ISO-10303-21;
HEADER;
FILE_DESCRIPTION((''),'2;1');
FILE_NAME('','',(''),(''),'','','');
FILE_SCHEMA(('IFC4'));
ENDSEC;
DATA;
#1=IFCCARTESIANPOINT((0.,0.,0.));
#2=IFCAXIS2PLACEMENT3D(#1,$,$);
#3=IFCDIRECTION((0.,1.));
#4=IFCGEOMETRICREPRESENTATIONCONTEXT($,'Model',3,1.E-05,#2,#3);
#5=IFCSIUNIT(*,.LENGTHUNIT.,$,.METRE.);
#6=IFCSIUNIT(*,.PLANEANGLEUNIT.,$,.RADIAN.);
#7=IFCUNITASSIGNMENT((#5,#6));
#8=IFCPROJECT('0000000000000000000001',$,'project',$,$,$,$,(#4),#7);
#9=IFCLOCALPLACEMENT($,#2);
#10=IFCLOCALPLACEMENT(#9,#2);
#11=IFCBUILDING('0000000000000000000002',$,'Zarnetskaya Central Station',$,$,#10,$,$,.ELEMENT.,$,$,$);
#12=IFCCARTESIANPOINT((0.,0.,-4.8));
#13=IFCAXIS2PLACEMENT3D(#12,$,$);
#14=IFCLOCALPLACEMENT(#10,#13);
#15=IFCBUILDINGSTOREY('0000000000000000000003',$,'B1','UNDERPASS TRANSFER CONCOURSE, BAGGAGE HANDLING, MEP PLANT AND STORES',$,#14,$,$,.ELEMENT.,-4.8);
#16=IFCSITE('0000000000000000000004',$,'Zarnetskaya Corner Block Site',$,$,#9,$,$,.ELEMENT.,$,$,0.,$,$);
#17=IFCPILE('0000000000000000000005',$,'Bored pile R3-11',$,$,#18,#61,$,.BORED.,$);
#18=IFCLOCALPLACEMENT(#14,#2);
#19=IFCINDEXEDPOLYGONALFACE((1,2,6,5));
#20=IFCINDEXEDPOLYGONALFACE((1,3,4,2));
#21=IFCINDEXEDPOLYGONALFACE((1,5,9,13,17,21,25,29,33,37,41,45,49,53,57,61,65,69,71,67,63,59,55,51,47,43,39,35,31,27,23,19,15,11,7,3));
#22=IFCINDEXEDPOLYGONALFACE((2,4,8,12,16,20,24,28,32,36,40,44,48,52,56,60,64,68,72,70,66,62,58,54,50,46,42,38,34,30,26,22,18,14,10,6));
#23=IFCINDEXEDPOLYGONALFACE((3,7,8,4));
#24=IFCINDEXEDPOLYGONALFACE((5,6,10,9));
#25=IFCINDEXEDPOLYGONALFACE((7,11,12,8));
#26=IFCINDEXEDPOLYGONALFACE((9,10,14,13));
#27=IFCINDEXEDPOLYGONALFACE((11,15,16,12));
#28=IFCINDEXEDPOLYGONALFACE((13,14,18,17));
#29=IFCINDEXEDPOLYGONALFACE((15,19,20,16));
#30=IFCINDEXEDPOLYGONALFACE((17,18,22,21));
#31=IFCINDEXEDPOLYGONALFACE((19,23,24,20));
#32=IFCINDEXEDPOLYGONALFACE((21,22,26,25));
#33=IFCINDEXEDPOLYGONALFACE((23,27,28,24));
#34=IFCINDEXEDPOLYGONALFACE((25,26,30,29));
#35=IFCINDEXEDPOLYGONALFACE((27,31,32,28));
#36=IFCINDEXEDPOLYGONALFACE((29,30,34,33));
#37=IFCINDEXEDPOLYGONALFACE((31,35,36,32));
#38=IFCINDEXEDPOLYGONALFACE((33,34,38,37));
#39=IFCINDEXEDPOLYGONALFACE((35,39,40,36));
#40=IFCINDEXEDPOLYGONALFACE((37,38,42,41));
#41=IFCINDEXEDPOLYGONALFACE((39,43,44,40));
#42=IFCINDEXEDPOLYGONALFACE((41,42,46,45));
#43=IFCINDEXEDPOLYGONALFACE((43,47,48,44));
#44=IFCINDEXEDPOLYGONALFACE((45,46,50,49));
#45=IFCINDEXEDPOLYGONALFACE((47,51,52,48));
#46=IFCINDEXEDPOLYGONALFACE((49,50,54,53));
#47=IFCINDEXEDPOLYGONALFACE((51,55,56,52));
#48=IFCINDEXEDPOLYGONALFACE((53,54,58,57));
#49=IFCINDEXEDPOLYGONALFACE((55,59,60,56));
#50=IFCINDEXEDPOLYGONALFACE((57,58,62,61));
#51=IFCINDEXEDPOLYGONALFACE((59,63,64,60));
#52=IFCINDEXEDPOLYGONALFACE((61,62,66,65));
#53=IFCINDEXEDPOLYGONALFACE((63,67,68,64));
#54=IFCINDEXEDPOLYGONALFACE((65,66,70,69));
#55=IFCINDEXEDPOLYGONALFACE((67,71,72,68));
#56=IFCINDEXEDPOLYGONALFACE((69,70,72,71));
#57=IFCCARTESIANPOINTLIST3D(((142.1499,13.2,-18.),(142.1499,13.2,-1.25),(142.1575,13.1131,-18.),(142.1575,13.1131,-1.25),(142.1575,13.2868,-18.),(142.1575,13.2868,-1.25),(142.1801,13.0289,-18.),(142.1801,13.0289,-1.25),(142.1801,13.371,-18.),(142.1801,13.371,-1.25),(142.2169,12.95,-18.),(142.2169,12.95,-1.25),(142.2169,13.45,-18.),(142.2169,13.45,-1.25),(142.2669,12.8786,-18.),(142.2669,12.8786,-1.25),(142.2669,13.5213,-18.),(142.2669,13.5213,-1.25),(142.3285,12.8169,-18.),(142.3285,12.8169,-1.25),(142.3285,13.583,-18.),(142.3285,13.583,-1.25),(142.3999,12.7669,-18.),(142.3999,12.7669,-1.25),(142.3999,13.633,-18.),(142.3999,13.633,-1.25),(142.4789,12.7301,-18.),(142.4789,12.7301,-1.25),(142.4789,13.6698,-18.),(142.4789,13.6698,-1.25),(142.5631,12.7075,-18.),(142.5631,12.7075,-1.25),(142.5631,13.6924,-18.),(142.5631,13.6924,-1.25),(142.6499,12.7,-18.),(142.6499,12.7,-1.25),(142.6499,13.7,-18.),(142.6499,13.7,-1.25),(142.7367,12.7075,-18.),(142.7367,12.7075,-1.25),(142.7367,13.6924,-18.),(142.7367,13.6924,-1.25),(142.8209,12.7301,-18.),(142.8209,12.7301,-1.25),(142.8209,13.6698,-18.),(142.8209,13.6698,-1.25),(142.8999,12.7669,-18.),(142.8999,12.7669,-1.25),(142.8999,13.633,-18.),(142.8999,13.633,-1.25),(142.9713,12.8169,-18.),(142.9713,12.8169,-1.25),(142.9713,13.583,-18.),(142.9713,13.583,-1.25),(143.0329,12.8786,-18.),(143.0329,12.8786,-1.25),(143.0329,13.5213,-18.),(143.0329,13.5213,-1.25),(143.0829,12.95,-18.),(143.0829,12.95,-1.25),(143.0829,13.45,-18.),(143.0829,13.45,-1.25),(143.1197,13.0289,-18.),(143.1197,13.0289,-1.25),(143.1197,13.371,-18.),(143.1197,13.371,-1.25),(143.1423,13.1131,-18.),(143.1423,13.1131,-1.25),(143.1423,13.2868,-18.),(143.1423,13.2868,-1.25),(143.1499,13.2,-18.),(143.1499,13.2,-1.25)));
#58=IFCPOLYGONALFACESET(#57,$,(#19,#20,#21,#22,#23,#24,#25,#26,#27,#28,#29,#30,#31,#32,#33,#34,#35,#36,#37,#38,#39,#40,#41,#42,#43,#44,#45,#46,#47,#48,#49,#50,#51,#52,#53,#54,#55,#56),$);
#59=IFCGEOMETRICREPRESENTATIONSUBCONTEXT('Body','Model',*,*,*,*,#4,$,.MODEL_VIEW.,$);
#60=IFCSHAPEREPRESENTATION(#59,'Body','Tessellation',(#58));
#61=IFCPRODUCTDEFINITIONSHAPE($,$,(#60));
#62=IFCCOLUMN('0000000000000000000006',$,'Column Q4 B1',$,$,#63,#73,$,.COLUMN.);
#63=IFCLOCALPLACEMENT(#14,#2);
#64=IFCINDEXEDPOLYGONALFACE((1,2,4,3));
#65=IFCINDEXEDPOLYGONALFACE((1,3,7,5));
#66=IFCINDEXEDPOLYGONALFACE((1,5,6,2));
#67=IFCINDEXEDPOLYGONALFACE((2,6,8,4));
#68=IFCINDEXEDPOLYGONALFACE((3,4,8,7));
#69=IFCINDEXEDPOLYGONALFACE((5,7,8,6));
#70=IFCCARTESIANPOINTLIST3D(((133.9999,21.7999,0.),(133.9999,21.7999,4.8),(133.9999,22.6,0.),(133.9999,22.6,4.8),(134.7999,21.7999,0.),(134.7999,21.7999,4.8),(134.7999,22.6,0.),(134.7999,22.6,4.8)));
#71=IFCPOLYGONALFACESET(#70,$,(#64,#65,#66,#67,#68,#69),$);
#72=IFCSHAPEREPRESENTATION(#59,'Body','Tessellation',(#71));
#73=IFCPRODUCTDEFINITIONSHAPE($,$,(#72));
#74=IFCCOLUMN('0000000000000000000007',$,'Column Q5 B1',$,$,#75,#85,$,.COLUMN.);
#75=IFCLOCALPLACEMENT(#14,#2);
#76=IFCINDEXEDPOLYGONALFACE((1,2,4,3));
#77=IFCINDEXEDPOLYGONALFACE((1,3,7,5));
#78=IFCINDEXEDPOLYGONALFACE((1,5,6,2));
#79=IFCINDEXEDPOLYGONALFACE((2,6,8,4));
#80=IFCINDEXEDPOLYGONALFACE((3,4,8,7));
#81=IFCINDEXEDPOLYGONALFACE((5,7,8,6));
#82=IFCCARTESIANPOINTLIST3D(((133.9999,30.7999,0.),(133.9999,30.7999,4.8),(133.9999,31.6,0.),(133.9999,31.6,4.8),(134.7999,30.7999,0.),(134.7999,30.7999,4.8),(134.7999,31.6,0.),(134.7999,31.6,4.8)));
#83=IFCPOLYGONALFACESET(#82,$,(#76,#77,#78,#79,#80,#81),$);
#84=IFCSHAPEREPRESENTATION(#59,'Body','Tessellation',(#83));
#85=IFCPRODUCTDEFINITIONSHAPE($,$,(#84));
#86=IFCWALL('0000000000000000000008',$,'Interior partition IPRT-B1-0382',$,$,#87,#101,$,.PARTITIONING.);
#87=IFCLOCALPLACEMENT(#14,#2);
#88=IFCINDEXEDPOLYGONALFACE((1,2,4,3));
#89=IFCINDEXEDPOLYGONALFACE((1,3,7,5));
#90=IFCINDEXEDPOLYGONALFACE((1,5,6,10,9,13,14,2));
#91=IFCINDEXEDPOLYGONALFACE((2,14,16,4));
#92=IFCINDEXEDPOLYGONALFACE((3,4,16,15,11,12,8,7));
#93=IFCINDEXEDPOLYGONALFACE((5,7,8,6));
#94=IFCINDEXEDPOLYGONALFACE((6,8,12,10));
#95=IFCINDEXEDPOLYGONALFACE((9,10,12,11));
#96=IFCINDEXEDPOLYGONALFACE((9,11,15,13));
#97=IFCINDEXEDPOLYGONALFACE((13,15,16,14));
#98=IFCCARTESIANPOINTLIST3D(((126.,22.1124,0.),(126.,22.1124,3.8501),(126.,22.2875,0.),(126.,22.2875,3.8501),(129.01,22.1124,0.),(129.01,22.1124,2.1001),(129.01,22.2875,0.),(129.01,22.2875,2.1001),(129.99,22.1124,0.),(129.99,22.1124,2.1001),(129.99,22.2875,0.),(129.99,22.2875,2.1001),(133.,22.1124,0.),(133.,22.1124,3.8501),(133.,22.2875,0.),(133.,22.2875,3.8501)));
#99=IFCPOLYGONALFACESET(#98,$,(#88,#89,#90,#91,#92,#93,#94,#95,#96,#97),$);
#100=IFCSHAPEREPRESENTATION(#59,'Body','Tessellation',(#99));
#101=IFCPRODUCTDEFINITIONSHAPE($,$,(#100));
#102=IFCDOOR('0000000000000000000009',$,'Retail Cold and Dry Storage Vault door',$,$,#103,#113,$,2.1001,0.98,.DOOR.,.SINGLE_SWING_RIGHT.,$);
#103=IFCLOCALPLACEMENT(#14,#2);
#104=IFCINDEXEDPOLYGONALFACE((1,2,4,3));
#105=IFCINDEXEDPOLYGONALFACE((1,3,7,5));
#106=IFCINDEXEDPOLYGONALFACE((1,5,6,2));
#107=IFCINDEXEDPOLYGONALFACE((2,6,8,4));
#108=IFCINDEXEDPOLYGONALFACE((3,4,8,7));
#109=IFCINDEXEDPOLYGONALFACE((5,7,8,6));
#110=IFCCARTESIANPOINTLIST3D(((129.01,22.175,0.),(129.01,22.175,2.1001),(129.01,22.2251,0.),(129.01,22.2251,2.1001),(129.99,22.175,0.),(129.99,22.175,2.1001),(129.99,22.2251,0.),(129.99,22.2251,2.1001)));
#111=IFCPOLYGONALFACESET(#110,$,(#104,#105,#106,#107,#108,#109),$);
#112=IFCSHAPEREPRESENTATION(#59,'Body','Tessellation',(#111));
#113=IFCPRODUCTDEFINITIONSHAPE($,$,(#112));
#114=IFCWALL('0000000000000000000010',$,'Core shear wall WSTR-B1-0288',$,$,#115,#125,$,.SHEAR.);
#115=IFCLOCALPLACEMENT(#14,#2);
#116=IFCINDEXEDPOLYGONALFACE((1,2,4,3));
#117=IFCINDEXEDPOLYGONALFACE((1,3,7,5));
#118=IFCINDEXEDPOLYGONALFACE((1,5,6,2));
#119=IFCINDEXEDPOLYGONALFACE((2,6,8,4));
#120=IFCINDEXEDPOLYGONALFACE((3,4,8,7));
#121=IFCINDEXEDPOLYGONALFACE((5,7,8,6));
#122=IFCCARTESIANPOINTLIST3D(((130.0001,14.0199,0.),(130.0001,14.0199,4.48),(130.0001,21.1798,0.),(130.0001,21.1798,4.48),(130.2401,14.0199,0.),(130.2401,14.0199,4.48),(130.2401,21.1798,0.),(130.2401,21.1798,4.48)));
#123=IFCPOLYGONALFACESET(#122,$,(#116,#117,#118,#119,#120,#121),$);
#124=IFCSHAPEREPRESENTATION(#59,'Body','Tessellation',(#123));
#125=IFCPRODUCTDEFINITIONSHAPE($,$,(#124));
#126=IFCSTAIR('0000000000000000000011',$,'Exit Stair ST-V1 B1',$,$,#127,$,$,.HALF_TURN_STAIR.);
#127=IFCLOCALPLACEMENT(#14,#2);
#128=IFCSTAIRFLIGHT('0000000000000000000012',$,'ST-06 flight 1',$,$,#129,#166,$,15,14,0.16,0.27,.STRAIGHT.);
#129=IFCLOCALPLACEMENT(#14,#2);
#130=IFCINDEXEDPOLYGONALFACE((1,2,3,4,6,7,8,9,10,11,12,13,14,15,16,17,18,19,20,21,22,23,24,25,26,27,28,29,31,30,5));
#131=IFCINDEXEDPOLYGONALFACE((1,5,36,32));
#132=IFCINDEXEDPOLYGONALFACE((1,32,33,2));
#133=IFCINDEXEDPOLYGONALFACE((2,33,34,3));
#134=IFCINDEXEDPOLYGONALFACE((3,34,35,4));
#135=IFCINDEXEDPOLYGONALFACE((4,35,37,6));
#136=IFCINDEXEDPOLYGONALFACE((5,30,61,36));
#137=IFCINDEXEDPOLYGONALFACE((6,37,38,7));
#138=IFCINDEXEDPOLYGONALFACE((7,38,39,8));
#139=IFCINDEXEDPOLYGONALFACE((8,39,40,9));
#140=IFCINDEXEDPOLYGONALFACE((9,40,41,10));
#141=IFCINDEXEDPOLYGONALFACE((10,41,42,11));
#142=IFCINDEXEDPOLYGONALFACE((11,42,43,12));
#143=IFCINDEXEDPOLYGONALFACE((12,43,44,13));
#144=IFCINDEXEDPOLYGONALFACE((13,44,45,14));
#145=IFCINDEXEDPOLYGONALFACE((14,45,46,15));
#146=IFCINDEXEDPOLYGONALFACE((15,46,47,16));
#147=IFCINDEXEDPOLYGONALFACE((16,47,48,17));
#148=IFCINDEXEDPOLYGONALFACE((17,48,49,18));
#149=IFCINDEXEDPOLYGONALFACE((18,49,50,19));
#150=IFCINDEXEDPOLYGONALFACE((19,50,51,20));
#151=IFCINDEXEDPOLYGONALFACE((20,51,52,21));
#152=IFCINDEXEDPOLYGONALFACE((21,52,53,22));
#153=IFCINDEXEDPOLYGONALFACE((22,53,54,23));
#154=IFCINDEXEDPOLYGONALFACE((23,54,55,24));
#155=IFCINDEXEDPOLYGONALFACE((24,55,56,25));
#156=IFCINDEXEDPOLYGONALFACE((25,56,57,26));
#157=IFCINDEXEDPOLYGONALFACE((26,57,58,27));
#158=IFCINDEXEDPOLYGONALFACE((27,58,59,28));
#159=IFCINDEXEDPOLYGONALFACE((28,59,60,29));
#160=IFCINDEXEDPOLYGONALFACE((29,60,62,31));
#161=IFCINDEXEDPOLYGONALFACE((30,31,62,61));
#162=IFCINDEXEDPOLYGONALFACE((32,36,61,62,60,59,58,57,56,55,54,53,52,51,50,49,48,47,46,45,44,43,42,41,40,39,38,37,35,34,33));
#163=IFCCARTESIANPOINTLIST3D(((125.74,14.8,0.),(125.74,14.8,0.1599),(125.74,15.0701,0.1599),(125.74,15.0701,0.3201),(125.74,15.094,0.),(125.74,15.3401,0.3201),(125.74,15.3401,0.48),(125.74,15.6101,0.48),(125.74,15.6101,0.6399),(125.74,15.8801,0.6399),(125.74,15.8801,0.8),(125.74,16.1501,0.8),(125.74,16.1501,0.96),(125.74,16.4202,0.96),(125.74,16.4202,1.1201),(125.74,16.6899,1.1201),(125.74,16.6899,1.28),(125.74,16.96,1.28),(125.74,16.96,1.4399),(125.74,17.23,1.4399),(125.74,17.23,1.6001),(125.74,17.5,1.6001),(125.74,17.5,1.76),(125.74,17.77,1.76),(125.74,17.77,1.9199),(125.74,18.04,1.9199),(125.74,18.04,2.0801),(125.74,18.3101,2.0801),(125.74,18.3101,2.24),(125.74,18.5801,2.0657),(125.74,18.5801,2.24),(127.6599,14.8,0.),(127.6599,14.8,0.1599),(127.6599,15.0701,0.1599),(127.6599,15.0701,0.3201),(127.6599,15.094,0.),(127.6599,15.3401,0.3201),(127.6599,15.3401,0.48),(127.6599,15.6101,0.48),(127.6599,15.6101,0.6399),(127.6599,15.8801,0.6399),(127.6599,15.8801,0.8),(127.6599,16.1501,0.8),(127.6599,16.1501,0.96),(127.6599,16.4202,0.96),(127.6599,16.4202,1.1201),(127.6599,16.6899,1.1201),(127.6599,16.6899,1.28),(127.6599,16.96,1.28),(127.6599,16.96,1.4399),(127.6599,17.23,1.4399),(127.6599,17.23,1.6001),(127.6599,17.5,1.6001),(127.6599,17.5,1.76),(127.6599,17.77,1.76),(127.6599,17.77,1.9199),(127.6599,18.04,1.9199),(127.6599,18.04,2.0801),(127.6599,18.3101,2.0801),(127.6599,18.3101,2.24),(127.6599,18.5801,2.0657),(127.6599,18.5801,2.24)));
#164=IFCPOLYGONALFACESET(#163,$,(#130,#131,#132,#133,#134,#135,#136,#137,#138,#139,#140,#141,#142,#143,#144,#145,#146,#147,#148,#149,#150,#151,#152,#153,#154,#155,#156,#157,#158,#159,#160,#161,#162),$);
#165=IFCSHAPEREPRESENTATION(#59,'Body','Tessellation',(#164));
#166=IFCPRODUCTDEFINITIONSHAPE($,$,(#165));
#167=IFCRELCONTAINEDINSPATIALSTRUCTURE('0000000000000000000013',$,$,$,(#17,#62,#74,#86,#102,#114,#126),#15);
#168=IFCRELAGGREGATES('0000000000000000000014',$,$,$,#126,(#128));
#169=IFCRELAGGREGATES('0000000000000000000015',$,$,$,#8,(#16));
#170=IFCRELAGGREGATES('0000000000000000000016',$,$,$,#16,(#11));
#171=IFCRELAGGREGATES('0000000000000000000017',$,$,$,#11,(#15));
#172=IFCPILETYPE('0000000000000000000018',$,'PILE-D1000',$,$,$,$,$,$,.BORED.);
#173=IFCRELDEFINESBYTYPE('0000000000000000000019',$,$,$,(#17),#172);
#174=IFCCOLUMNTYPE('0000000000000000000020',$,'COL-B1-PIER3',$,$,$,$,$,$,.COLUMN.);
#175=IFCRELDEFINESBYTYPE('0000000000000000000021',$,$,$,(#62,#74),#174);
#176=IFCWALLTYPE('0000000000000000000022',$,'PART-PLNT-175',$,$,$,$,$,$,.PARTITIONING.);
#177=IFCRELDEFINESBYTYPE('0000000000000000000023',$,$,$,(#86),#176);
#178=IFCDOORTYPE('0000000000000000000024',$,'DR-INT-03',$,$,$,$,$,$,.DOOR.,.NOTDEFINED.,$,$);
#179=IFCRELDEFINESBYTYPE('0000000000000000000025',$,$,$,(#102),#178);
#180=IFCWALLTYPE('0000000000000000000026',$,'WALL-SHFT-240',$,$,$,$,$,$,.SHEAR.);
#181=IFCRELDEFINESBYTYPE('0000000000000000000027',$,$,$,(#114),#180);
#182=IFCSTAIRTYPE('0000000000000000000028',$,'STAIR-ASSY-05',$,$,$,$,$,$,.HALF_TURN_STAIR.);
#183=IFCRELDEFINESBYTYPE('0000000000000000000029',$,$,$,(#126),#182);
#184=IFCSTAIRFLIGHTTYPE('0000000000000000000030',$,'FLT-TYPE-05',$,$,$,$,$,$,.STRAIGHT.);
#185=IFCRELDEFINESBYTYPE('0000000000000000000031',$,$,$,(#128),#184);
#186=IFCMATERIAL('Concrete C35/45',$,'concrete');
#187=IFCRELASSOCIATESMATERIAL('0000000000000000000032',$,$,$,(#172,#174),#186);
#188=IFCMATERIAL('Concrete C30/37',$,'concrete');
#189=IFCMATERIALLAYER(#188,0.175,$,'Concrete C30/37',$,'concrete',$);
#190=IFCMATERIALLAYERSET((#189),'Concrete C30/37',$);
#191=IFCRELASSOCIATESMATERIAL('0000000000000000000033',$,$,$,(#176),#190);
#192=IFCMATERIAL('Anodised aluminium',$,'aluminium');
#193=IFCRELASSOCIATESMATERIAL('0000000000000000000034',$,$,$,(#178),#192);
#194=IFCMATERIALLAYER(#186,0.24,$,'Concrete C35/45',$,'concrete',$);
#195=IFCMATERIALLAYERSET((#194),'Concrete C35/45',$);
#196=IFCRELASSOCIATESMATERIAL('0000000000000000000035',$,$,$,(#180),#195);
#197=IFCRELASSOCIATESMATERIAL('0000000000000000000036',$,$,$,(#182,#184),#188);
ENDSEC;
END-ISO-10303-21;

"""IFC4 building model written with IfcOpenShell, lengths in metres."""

from ifc_helpers import new_model, si_unit, direction, frame, frame_2d, origin, origin_2d, place, context, subcontext, project, spatial, polyline, rectangle, circle, outline, extrude, material, layer, layer_set, material_profile, profile_set, type_object, element, fill, aggregate, save


model = new_model("IFC4")

# Units and contexts
model_context = context("Model", 3, precision=1e-05, world=origin(), true_north=direction((0.0, 1.0)))
body_context = subcontext(model_context, "Body", "Model", "MODEL_VIEW")
ifc_project = project(units=[si_unit("LENGTHUNIT", "METRE"), si_unit("PLANEANGLEUNIT", "RADIAN")], contexts=[model_context])

# Site, building, storey
site_placement = place(None, origin())
site = spatial("IfcSite", under=ifc_project, at=site_placement, Name="Zarnetskaya Corner Block Site", CompositionType="ELEMENT", RefElevation=0.0)
building_placement = place(site_placement, origin())
building = spatial("IfcBuilding", under=site, at=building_placement, Name="Zarnetskaya Central Station", CompositionType="ELEMENT")
storey_placement = place(building_placement, frame((0.0, 0.0, -4.8)))
storey = spatial("IfcBuildingStorey", under=building, at=storey_placement, Name="B1", Description="UNDERPASS TRANSFER CONCOURSE, BAGGAGE HANDLING, MEP PLANT AND STORES", CompositionType="ELEMENT", Elevation=-4.8)

# Shared definitions
ifc_material_1 = material(Name="Concrete C35/45", Category="concrete")

# Pile
ifc_material_profile_1 = material_profile(ifc_material_1, circle(Radius=0.5, at=origin_2d()), Name="BORED PILE D1000")
ifc_profile_set_1 = profile_set([ifc_material_profile_1], Name="Concrete C35/45")
pile_type = type_object("IfcPileType", Name="PILE-D1000", PredefinedType="BORED", material=ifc_profile_set_1)
pile_placement = place(storey_placement, frame((142.6499, 13.2, -1.25), z_axis=(0.0, 0.0, -1.0), x_axis=(1.0, 0.0, 0.0)))
element("IfcPile", 1, at=pile_placement, inside=storey, type_object=pile_type, Name="Bored pile R3-11", PredefinedType="BORED", context=body_context, shape_type="SweptSolid", body=[
    extrude(circle(Radius=0.5, at=origin_2d()), origin(), (0.0, 0.0, 1.0), 16.75),
])

# Columns
ifc_material_profile_2 = material_profile(ifc_material_1, rectangle(XDim=0.8, YDim=0.8, at=origin_2d()), Name="RC 800x800")
ifc_profile_set_2 = profile_set([ifc_material_profile_2], Name="Concrete C35/45")
column_type = type_object("IfcColumnType", Name="COL-B1-PIER3", PredefinedType="COLUMN", material=ifc_profile_set_2)
for number, where, z_axis, x_axis, name in (
    (2, (134.3999, 22.2, 0.0), (0.0, 0.0, 1.0), (1.0, 0.0, 0.0), "Column Q4 B1"),
    (3, (134.3999, 31.2, 0.0), (0.0, 0.0, 1.0), (1.0, 0.0, 0.0), "Column Q5 B1"),
):
    element("IfcColumn", number, at=place(storey_placement, frame(where, z_axis=z_axis, x_axis=x_axis)), inside=storey, type_object=column_type, Name=name, PredefinedType="COLUMN", context=body_context, shape_type="SweptSolid", body=[
        extrude(rectangle(XDim=0.8, YDim=0.8, at=origin_2d()), origin(), (0.0, 0.0, 1.0), 4.8),
    ])

# Wall, opening, door
ifc_material_2 = material(Name="Concrete C30/37", Category="concrete")
ifc_layer_1 = layer(ifc_material_2, 0.175, Name="Concrete C30/37", Category="concrete")
ifc_layer_set_1 = layer_set([ifc_layer_1], Name="Concrete C30/37")
wall_type_1 = type_object("IfcWallType", Name="PART-PLNT-175", PredefinedType="PARTITIONING", material=ifc_layer_set_1)
wall_1_placement = place(storey_placement, frame((133.0, 22.2, 0.0), z_axis=(0.0, 0.0, 1.0), x_axis=(-1.0, 0.0, 0.0)))
wall_1 = element("IfcWall", 4, at=wall_1_placement, inside=storey, type_object=wall_type_1, Name="Interior partition IPRT-B1-0382", PredefinedType="PARTITIONING", context=body_context, shape_type="SweptSolid", body=[
    extrude(rectangle(XDim=7.0, YDim=0.175, at=frame_2d((3.5, 0.0))), origin(), (0.0, 0.0, 1.0), 3.8501),
])
opening_1_placement = place(wall_1_placement, frame((3.01, 0.0, 0.0)))
opening_1 = element("IfcOpeningElement", 5, at=opening_1_placement, cuts=wall_1, PredefinedType="OPENING", context=body_context, shape_type="SweptSolid", body=[
    extrude(rectangle(XDim=0.98, YDim=2.1001, at=frame_2d((0.49, 1.05))), frame((0.0, 0.0977, 0.0), z_axis=(0.0, -1.0, 0.0), x_axis=(1.0, 0.0, 0.0)), (0.0, 0.0, 1.0), 0.1951),
])
ifc_material_3 = material(Name="Anodised aluminium", Category="aluminium")
door_type_1 = type_object("IfcDoorType", Name="DR-INT-03", OperationType="NOTDEFINED", PredefinedType="DOOR", material=ifc_material_3)
door_1_placement = place(opening_1_placement, origin())
door_1 = element("IfcDoor", 6, at=door_1_placement, inside=storey, type_object=door_type_1, Name="Retail Cold and Dry Storage Vault door", OperationType="SINGLE_SWING_RIGHT", OverallHeight=2.1001, OverallWidth=0.98, PredefinedType="DOOR", context=body_context, shape_type="SweptSolid", body=[
    extrude(rectangle(XDim=0.98, YDim=2.1001, at=frame_2d((0.49, 1.05))), frame((0.0, 0.0249, 0.0), z_axis=(0.0, -1.0, 0.0), x_axis=(1.0, 0.0, 0.0)), (0.0, 0.0, 1.0), 0.05),
])
fill(opening_1, door_1)
ifc_layer_2 = layer(ifc_material_1, 0.24, Name="Concrete C35/45", Category="concrete")
ifc_layer_set_2 = layer_set([ifc_layer_2], Name="Concrete C35/45")
wall_type_2 = type_object("IfcWallType", Name="WALL-SHFT-240", PredefinedType="SHEAR", material=ifc_layer_set_2)

# Wall
wall_2_placement = place(storey_placement, frame((130.1201, 21.1799, 0.0), z_axis=(0.0, 0.0, 1.0), x_axis=(0.0, -1.0, 0.0)))
element("IfcWall", 7, at=wall_2_placement, inside=storey, type_object=wall_type_2, Name="Core shear wall WSTR-B1-0288", PredefinedType="SHEAR", context=body_context, shape_type="SweptSolid", body=[
    extrude(rectangle(XDim=7.1599, YDim=0.24, at=frame_2d((3.5801, 0.0))), origin(), (0.0, 0.0, 1.0), 4.48),
])

# Stair, stair flight
stair_type = type_object("IfcStairType", Name="STAIR-ASSY-05", PredefinedType="HALF_TURN_STAIR", material=ifc_material_2)
stair_placement = place(storey_placement, origin())
stair = element("IfcStair", 8, at=stair_placement, inside=storey, type_object=stair_type, Name="Exit Stair ST-V1 B1", PredefinedType="HALF_TURN_STAIR")
stair_flight_type = type_object("IfcStairFlightType", Name="FLT-TYPE-05", PredefinedType="STRAIGHT", material=ifc_material_2)
stair_flight_1_placement = place(storey_placement, frame((126.7, 14.8, 0.0), z_axis=(0.0, 0.0, 1.0), x_axis=(0.0, 1.0, 0.0)))
stair_flight_1 = element("IfcStairFlight", 9, at=stair_flight_1_placement, type_object=stair_flight_type, Name="ST-06 flight 1", NumberOfRisers=15, NumberOfTreads=14, PredefinedType="STRAIGHT", RiserHeight=0.16, TreadLength=0.27, context=body_context, shape_type="SweptSolid", body=[
    extrude(outline(polyline([(0.0, 0.0), (0.0, 0.1599), (0.27, 0.1599), (0.27, 0.3201), (0.54, 0.3201), (0.54, 0.48), (0.8101, 0.48), (0.8101, 0.6399), (1.0801, 0.6399), (1.0801, 0.8), (1.3501, 0.8), (1.3501, 0.96), (1.6201, 0.96), (1.6201, 1.1201), (1.8899, 1.1201), (1.8899, 1.28), (2.1599, 1.28), (2.1599, 1.4399), (2.4299, 1.4399), (2.4299, 1.6001), (2.7, 1.6001), (2.7, 1.76), (2.97, 1.76), (2.97, 1.9199), (3.24, 1.9199), (3.24, 2.0801), (3.51, 2.0801), (3.51, 2.24), (3.78, 2.24), (3.78, 2.3999), (3.78, 2.0657), (0.2939, 0.0), (0.0, 0.0)])), frame((0.0, 0.96, 0.0), z_axis=(0.0, -1.0, 0.0), x_axis=(1.0, 0.0, 0.0)), (0.0, 0.0, 1.0), 1.9199),
])
aggregate(stair, [stair_flight_1])

save(model, "model.ifc")
